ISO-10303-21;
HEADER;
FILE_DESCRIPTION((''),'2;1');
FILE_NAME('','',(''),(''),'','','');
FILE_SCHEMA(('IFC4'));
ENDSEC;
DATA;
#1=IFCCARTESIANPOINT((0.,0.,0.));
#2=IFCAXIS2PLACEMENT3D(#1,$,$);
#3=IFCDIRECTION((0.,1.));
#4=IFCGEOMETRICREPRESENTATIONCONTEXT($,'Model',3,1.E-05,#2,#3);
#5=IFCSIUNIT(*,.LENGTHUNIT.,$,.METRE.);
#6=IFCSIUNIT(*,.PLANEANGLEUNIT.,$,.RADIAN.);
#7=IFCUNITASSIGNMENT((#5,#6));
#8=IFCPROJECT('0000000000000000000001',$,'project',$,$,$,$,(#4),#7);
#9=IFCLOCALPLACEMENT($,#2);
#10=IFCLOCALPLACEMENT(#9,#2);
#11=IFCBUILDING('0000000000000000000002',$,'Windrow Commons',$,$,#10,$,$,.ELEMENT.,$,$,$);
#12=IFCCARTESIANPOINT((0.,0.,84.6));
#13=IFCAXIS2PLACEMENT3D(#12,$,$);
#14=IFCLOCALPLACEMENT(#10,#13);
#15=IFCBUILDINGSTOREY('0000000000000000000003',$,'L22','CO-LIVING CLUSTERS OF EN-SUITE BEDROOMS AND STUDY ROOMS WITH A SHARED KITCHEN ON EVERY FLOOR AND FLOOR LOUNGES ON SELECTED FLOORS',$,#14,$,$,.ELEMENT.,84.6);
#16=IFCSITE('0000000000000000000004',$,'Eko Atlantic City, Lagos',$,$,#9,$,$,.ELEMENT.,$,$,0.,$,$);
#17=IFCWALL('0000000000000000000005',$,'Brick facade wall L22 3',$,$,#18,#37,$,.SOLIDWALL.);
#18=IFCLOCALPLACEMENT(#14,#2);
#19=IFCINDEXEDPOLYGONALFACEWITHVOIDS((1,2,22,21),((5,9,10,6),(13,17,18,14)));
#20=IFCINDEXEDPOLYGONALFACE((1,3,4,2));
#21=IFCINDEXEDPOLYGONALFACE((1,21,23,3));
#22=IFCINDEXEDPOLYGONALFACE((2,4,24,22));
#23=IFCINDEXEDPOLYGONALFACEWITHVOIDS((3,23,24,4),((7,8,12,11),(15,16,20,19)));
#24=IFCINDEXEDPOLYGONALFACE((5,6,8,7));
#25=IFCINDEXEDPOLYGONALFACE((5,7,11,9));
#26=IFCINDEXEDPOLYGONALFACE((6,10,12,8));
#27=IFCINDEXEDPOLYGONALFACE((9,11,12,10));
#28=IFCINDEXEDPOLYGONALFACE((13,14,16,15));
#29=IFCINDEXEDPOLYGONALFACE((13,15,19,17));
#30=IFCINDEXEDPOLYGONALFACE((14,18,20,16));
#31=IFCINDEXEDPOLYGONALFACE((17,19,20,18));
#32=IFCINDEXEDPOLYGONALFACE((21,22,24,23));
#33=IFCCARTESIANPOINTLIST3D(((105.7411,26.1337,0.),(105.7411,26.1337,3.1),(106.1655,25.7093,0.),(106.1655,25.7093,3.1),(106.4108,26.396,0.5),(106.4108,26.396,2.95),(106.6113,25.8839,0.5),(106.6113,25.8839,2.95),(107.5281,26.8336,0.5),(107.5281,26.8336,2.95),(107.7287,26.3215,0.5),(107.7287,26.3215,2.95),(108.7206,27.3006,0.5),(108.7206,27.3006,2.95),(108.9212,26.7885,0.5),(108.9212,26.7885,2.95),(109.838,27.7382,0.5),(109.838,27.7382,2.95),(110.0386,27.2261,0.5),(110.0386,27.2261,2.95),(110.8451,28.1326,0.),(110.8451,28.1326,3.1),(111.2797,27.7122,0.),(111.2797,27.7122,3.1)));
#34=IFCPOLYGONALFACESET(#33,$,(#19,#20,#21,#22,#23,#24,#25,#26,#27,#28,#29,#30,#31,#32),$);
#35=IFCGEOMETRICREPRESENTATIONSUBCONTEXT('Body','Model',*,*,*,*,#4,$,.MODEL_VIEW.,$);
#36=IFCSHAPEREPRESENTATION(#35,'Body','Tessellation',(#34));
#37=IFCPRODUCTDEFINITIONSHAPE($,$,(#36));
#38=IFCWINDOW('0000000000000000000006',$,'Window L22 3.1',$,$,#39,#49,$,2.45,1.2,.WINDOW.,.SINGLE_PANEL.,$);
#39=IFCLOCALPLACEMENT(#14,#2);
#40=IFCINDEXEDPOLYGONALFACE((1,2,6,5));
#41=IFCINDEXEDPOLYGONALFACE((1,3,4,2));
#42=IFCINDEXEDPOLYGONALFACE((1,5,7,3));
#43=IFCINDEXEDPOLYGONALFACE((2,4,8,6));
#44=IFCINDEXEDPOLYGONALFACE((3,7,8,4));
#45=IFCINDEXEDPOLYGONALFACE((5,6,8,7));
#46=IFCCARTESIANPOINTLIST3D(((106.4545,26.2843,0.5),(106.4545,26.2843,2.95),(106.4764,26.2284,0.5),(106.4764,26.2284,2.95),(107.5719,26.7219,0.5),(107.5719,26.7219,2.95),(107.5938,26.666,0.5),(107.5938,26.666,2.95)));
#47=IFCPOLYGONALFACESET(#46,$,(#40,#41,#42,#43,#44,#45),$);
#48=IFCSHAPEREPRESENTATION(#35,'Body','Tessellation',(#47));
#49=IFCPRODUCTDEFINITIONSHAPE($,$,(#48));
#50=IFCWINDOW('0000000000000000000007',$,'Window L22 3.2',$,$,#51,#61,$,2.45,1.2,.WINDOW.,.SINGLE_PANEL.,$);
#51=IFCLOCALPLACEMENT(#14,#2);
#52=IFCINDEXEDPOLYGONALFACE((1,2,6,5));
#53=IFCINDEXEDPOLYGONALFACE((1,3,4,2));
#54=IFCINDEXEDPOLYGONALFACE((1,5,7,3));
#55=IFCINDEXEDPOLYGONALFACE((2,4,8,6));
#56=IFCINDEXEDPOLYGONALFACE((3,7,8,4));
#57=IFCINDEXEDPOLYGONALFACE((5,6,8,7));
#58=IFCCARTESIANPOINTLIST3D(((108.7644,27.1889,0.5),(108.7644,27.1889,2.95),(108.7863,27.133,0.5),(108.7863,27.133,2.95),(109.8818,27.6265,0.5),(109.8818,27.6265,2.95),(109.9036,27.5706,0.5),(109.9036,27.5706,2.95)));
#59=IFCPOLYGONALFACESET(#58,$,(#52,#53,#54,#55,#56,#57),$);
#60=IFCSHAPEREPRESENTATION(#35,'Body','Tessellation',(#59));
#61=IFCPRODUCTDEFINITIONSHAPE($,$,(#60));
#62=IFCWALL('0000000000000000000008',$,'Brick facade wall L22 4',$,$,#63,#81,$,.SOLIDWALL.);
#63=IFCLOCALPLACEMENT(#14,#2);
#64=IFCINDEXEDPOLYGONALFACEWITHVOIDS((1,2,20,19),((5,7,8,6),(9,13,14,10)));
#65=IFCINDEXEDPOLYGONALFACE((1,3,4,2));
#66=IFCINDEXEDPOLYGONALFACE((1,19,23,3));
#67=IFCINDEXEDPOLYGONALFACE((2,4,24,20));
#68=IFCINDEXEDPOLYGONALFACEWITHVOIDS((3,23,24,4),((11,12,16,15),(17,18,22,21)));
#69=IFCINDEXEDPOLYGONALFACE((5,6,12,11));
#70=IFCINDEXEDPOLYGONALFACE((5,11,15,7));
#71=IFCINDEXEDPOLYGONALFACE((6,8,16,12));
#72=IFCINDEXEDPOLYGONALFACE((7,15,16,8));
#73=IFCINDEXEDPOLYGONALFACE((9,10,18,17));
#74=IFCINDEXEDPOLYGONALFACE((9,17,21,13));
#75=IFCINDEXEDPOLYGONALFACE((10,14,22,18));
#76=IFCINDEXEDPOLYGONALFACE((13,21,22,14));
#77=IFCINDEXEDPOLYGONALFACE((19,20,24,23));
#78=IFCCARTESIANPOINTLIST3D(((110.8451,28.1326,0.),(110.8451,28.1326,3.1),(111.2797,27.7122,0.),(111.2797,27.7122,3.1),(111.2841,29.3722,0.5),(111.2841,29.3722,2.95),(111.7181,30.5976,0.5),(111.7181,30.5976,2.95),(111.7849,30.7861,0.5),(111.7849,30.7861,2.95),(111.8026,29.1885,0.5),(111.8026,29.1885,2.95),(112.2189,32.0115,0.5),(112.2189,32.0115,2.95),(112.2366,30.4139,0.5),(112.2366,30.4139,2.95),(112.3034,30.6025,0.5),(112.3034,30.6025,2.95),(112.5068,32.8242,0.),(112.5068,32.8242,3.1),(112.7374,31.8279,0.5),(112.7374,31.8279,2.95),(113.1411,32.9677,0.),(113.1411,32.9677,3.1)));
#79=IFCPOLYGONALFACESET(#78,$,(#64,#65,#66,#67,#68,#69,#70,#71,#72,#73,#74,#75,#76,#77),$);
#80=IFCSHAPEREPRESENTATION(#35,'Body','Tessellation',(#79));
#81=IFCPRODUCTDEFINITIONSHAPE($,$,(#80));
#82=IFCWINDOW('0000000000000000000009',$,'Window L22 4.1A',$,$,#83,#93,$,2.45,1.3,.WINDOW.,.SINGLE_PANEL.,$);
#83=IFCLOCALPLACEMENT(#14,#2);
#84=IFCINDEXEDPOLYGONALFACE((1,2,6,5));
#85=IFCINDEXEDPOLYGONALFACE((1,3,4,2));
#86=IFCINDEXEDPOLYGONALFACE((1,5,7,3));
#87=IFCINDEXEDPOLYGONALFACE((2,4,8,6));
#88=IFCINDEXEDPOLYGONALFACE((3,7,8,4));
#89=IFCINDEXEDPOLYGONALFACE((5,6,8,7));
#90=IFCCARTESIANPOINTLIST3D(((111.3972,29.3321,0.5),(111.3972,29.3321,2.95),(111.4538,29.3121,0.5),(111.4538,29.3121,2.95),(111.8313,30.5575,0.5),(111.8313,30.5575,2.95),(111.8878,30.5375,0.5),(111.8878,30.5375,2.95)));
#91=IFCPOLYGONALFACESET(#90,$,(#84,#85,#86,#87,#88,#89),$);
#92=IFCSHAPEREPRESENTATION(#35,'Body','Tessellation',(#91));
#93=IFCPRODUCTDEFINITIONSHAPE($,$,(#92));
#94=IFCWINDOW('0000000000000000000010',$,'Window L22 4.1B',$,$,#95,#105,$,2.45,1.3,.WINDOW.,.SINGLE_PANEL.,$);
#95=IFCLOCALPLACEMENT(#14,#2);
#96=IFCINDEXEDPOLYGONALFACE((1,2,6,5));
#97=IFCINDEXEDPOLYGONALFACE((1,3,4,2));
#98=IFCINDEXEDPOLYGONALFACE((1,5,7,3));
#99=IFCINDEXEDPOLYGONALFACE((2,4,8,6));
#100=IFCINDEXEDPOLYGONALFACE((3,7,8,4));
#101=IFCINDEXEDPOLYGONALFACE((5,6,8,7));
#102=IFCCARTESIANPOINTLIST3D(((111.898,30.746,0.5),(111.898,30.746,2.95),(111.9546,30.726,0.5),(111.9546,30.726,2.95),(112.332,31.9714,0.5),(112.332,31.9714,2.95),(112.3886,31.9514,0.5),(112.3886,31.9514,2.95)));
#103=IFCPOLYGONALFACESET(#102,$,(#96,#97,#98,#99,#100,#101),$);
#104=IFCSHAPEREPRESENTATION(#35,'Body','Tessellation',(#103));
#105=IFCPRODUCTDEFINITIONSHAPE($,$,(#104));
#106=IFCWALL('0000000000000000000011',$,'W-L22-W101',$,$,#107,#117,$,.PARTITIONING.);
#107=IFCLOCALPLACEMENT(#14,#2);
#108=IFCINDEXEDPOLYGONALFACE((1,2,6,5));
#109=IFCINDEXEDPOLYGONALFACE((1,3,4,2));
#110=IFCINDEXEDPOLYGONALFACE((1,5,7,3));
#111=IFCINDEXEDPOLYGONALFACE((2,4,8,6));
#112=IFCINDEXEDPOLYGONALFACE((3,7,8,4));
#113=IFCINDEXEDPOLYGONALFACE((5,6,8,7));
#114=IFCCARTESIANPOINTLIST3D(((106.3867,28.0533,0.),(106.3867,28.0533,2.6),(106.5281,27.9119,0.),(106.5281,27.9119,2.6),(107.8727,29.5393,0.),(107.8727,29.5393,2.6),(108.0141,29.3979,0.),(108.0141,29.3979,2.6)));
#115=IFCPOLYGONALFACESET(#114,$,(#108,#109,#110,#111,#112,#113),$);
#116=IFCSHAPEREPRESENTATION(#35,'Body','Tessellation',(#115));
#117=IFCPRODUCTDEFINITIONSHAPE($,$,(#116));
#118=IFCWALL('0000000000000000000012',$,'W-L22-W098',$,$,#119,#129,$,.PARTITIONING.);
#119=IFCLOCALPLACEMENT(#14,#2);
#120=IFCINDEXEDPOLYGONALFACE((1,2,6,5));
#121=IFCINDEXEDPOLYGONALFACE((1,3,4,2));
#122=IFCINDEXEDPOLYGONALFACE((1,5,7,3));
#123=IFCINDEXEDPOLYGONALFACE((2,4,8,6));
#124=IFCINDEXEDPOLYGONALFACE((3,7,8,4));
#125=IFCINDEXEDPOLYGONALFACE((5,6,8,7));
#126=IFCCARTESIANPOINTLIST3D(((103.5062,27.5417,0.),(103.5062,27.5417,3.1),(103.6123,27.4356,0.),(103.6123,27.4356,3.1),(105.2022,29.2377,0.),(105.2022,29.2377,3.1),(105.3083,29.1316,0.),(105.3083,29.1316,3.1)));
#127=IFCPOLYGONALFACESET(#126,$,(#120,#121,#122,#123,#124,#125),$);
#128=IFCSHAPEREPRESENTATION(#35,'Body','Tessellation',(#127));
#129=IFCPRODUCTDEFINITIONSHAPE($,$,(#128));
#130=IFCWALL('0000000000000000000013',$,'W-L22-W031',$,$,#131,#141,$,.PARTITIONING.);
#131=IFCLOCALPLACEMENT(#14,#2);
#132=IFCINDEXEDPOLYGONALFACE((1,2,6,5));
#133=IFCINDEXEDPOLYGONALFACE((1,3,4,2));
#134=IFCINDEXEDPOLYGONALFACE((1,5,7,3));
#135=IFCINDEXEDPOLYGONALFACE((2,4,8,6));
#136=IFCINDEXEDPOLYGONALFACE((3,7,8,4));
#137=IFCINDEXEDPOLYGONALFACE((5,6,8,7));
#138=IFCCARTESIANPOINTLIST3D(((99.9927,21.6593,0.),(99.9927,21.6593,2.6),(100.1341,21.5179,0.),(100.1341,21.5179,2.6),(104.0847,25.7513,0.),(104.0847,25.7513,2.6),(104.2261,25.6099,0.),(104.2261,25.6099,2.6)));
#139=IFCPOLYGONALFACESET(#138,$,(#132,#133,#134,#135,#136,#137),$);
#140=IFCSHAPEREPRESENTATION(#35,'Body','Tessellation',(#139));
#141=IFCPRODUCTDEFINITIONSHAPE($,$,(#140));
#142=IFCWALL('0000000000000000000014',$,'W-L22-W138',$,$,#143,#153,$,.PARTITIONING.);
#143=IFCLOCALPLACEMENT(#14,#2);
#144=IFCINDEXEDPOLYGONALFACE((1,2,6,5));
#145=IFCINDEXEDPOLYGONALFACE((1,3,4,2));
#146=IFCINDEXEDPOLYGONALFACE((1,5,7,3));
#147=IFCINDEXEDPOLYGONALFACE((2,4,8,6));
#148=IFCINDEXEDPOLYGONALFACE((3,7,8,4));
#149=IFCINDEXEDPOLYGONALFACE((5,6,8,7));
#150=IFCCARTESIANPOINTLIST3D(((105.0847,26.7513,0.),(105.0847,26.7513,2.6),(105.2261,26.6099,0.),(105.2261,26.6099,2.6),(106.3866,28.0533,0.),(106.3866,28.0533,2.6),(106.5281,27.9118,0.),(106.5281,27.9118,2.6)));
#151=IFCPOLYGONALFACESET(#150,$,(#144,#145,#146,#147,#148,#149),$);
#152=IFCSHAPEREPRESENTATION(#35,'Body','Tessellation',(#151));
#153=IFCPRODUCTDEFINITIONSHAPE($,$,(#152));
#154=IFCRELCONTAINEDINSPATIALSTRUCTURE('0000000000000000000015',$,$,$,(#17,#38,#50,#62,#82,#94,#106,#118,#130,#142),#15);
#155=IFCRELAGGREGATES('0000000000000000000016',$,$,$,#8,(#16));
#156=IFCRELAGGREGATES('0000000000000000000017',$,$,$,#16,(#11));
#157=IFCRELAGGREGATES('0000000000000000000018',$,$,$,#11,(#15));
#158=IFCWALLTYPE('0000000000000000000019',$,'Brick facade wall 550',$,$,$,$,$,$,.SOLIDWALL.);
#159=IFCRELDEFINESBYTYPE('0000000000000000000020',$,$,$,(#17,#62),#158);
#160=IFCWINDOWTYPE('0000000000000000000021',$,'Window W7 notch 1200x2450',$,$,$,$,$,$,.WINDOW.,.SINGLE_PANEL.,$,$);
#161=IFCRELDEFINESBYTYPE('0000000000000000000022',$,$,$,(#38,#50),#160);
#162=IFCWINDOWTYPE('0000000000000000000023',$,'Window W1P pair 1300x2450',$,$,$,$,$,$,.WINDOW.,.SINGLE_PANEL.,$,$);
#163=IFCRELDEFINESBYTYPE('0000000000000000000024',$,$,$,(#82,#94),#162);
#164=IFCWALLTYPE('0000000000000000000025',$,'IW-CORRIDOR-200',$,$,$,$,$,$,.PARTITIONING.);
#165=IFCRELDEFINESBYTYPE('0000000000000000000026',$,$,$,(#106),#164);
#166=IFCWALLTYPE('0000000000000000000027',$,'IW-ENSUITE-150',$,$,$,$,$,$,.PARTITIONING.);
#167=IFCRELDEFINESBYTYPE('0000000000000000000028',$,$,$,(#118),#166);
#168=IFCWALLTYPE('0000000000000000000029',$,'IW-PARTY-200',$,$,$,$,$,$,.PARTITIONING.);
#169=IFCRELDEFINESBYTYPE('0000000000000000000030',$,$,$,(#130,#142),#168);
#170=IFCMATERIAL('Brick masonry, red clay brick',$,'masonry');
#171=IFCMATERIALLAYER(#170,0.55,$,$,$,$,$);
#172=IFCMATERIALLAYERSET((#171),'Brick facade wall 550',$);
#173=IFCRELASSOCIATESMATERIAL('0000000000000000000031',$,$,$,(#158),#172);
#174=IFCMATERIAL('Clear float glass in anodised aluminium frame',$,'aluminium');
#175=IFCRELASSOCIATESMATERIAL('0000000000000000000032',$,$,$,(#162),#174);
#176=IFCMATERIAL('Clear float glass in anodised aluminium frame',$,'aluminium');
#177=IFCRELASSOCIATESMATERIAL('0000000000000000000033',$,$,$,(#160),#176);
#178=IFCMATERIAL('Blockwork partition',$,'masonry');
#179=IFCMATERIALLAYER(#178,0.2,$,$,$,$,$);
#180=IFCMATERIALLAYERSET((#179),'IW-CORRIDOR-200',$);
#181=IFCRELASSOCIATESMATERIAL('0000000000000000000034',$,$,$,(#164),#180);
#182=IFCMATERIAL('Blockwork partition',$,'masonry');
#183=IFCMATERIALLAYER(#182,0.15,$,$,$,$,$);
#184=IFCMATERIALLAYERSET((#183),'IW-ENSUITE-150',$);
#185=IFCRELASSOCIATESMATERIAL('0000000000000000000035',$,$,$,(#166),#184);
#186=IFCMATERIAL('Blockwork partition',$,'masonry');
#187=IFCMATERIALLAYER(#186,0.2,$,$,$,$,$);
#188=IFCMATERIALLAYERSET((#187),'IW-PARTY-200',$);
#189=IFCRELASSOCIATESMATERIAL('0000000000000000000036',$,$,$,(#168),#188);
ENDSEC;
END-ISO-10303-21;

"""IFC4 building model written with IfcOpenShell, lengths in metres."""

from ifc_helpers import new_model, si_unit, direction, frame, frame_2d, origin, place, context, subcontext, project, spatial, polyline, rectangle, outline, extrude, material, layer, layer_set, type_object, element, fill, save


model = new_model("IFC4")

# Units and contexts
model_context = context("Model", 3, precision=1e-05, world=origin(), true_north=direction((0.0, 1.0)))
body_context = subcontext(model_context, "Body", "Model", "MODEL_VIEW")
ifc_project = project(units=[si_unit("LENGTHUNIT", "METRE"), si_unit("PLANEANGLEUNIT", "RADIAN")], contexts=[model_context])

# Site, building, storey
site_placement = place(None, origin())
site = spatial("IfcSite", under=ifc_project, at=site_placement, Name="Eko Atlantic City, Lagos", CompositionType="ELEMENT", RefElevation=0.0)
building_placement = place(site_placement, origin())
building = spatial("IfcBuilding", under=site, at=building_placement, Name="Windrow Commons", CompositionType="ELEMENT")
storey_placement = place(building_placement, frame((0.0, 0.0, 84.6)))
storey = spatial("IfcBuildingStorey", under=building, at=storey_placement, Name="L22", Description="CO-LIVING CLUSTERS OF EN-SUITE BEDROOMS AND STUDY ROOMS WITH A SHARED KITCHEN ON EVERY FLOOR AND FLOOR LOUNGES ON SELECTED FLOORS", CompositionType="ELEMENT", Elevation=84.6)

# Walls, openings, windows
ifc_material_1 = material(Name="Brick masonry, red clay brick", Category="masonry")
ifc_layer_1 = layer(ifc_material_1, 0.55)
ifc_layer_set_1 = layer_set([ifc_layer_1], Name="Brick facade wall 550")
wall_type_1 = type_object("IfcWallType", Name="Brick facade wall 550", PredefinedType="SOLIDWALL", material=ifc_layer_set_1)
ifc_material_2 = material(Name="Clear float glass in anodised aluminium frame", Category="aluminium")
window_type_1 = type_object("IfcWindowType", Name="Window W1P pair 1300x2450", PartitioningType="SINGLE_PANEL", PredefinedType="WINDOW", material=ifc_material_2)
ifc_material_3 = material(Name="Clear float glass in anodised aluminium frame", Category="aluminium")
window_type_2 = type_object("IfcWindowType", Name="Window W7 notch 1200x2450", PartitioningType="SINGLE_PANEL", PredefinedType="WINDOW", material=ifc_material_3)
wall_1_placement = place(storey_placement, frame((105.9533, 25.9215, 0.0), z_axis=(0.0, 0.0, 1.0), x_axis=(0.931138, 0.364666, 0.0)))
wall_1 = element("IfcWall", 1, at=wall_1_placement, inside=storey, type_object=wall_type_1, Name="Brick facade wall L22 3", PredefinedType="SOLIDWALL", context=body_context, shape_type="SweptSolid", body=[
    extrude(outline(polyline([(0.1202, -0.275), (5.6126, -0.275), (5.3613, 0.275), (-0.1202, 0.275), (0.1202, -0.275)])), origin(), (0.0, 0.0, 1.0), 3.1),
])
opening_1_placement = place(wall_1_placement, frame((0.599, 0.0, 0.5)))
opening_1 = element("IfcOpeningElement", 2, at=opening_1_placement, cuts=wall_1, PredefinedType="OPENING", context=body_context, shape_type="SweptSolid", body=[
    extrude(rectangle(XDim=1.2, YDim=2.45, at=frame_2d((0.6, 1.225))), frame((0.0, 0.285, 0.0), z_axis=(0.0, -1.0, 0.0), x_axis=(1.0, 0.0, 0.0)), (0.0, 0.0, 1.0), 0.57),
])
opening_2_placement = place(wall_1_placement, frame((3.0797, 0.0, 0.5)))
opening_2 = element("IfcOpeningElement", 3, at=opening_2_placement, cuts=wall_1, PredefinedType="OPENING", context=body_context, shape_type="SweptSolid", body=[
    extrude(rectangle(XDim=1.2, YDim=2.45, at=frame_2d((0.6, 1.225))), frame((0.0, 0.285, 0.0), z_axis=(0.0, -1.0, 0.0), x_axis=(1.0, 0.0, 0.0)), (0.0, 0.0, 1.0), 0.57),
])
window_1_placement = place(opening_1_placement, origin())
window_1 = element("IfcWindow", 4, at=window_1_placement, inside=storey, type_object=window_type_2, Name="Window L22 3.1", OverallHeight=2.45, OverallWidth=1.2, PartitioningType="SINGLE_PANEL", PredefinedType="WINDOW", context=body_context, shape_type="SweptSolid", body=[
    extrude(rectangle(XDim=1.2, YDim=2.45, at=frame_2d((0.6, 1.225))), frame((0.0, 0.155, 0.0), z_axis=(0.0, -1.0, 0.0), x_axis=(1.0, 0.0, 0.0)), (0.0, 0.0, 1.0), 0.06),
])
fill(opening_1, window_1)
window_2_placement = place(opening_2_placement, origin())
window_2 = element("IfcWindow", 5, at=window_2_placement, inside=storey, type_object=window_type_2, Name="Window L22 3.2", OverallHeight=2.45, OverallWidth=1.2, PartitioningType="SINGLE_PANEL", PredefinedType="WINDOW", context=body_context, shape_type="SweptSolid", body=[
    extrude(rectangle(XDim=1.2, YDim=2.45, at=frame_2d((0.6, 1.225))), frame((0.0, 0.155, 0.0), z_axis=(0.0, -1.0, 0.0), x_axis=(1.0, 0.0, 0.0)), (0.0, 0.0, 1.0), 0.06),
])
fill(opening_2, window_2)
wall_2_placement = place(storey_placement, frame((111.0624, 27.9224, 0.0), z_axis=(0.0, 0.0, 1.0), x_axis=(0.333856, 0.942624, 0.0)))
wall_2 = element("IfcWall", 6, at=wall_2_placement, inside=storey, type_object=wall_type_1, Name="Brick facade wall L22 4", PredefinedType="SOLIDWALL", context=body_context, shape_type="SweptSolid", body=[
    extrude(outline(polyline([(-0.1256, -0.275), (5.4498, -0.275), (5.1028, 0.275), (0.1256, 0.275), (-0.1256, -0.275)])), origin(), (0.0, 0.0, 1.0), 3.1),
])
opening_3_placement = place(wall_2_placement, frame((1.4406, 0.0, 0.5)))
opening_3 = element("IfcOpeningElement", 7, at=opening_3_placement, cuts=wall_2, PredefinedType="OPENING", context=body_context, shape_type="SweptSolid", body=[
    extrude(rectangle(XDim=1.3, YDim=2.45, at=frame_2d((0.65, 1.225))), frame((0.0, 0.285, 0.0), z_axis=(0.0, -1.0, 0.0), x_axis=(1.0, 0.0, 0.0)), (0.0, 0.0, 1.0), 0.57),
])
opening_4_placement = place(wall_2_placement, frame((2.9406, 0.0, 0.5)))
opening_4 = element("IfcOpeningElement", 8, at=opening_4_placement, cuts=wall_2, PredefinedType="OPENING", context=body_context, shape_type="SweptSolid", body=[
    extrude(rectangle(XDim=1.3, YDim=2.45, at=frame_2d((0.65, 1.225))), frame((0.0, 0.285, 0.0), z_axis=(0.0, -1.0, 0.0), x_axis=(1.0, 0.0, 0.0)), (0.0, 0.0, 1.0), 0.57),
])
window_3_placement = place(opening_3_placement, origin())
window_3 = element("IfcWindow", 9, at=window_3_placement, inside=storey, type_object=window_type_1, Name="Window L22 4.1A", OverallHeight=2.45, OverallWidth=1.3, PartitioningType="SINGLE_PANEL", PredefinedType="WINDOW", context=body_context, shape_type="SweptSolid", body=[
    extrude(rectangle(XDim=1.3, YDim=2.45, at=frame_2d((0.65, 1.225))), frame((0.0, 0.155, 0.0), z_axis=(0.0, -1.0, 0.0), x_axis=(1.0, 0.0, 0.0)), (0.0, 0.0, 1.0), 0.06),
])
fill(opening_3, window_3)
window_4_placement = place(opening_4_placement, origin())
window_4 = element("IfcWindow", 10, at=window_4_placement, inside=storey, type_object=window_type_1, Name="Window L22 4.1B", OverallHeight=2.45, OverallWidth=1.3, PartitioningType="SINGLE_PANEL", PredefinedType="WINDOW", context=body_context, shape_type="SweptSolid", body=[
    extrude(rectangle(XDim=1.3, YDim=2.45, at=frame_2d((0.65, 1.225))), frame((0.0, 0.155, 0.0), z_axis=(0.0, -1.0, 0.0), x_axis=(1.0, 0.0, 0.0)), (0.0, 0.0, 1.0), 0.06),
])
fill(opening_4, window_4)

# Walls
ifc_material_4 = material(Name="Blockwork partition", Category="masonry")
ifc_layer_2 = layer(ifc_material_4, 0.2)
ifc_layer_set_2 = layer_set([ifc_layer_2], Name="IW-CORRIDOR-200")
wall_type_2 = type_object("IfcWallType", Name="IW-CORRIDOR-200", PredefinedType="PARTITIONING", material=ifc_layer_set_2)
wall_3_placement = place(storey_placement, frame((106.4574, 27.9826, 0.0), z_axis=(0.0, 0.0, 1.0), x_axis=(0.707107, 0.707107, 0.0)))
element("IfcWall", 11, at=wall_3_placement, inside=storey, type_object=wall_type_2, Name="W-L22-W101", PredefinedType="PARTITIONING", context=body_context, shape_type="SweptSolid", body=[
    extrude(rectangle(XDim=2.1015, YDim=0.2, at=frame_2d((1.0508, 0.0))), origin(), (0.0, 0.0, 1.0), 2.6),
])
ifc_material_5 = material(Name="Blockwork partition", Category="masonry")
ifc_layer_3 = layer(ifc_material_5, 0.15)
ifc_layer_set_3 = layer_set([ifc_layer_3], Name="IW-ENSUITE-150")
wall_type_3 = type_object("IfcWallType", Name="IW-ENSUITE-150", PredefinedType="PARTITIONING", material=ifc_layer_set_3)
wall_4_placement = place(storey_placement, frame((103.5593, 27.4887, 0.0), z_axis=(0.0, 0.0, 1.0), x_axis=(0.707107, 0.707107, 0.0)))
element("IfcWall", 12, at=wall_4_placement, inside=storey, type_object=wall_type_3, Name="W-L22-W098", PredefinedType="PARTITIONING", context=body_context, shape_type="SweptSolid", body=[
    extrude(rectangle(XDim=2.3985, YDim=0.15, at=frame_2d((1.1992, 0.0))), origin(), (0.0, 0.0, 1.0), 3.1),
])
ifc_material_6 = material(Name="Blockwork partition", Category="masonry")
ifc_layer_4 = layer(ifc_material_6, 0.2)
ifc_layer_set_4 = layer_set([ifc_layer_4], Name="IW-PARTY-200")
wall_type_4 = type_object("IfcWallType", Name="IW-PARTY-200", PredefinedType="PARTITIONING", material=ifc_layer_set_4)
wall_5_placement = place(storey_placement, frame((100.0634, 21.5886, 0.0), z_axis=(0.0, 0.0, 1.0), x_axis=(0.707107, 0.707107, 0.0)))
element("IfcWall", 13, at=wall_5_placement, inside=storey, type_object=wall_type_4, Name="W-L22-W031", PredefinedType="PARTITIONING", context=body_context, shape_type="SweptSolid", body=[
    extrude(rectangle(XDim=5.787, YDim=0.2, at=frame_2d((2.8935, 0.0))), origin(), (0.0, 0.0, 1.0), 2.6),
])
wall_6_placement = place(storey_placement, frame((105.1554, 26.6806, 0.0), z_axis=(0.0, 0.0, 1.0), x_axis=(0.707107, 0.707107, 0.0)))
element("IfcWall", 14, at=wall_6_placement, inside=storey, type_object=wall_type_4, Name="W-L22-W138", PredefinedType="PARTITIONING", context=body_context, shape_type="SweptSolid", body=[
    extrude(rectangle(XDim=1.8413, YDim=0.2, at=frame_2d((0.9206, 0.0))), origin(), (0.0, 0.0, 1.0), 2.6),
])

save(model, "model.ifc")
